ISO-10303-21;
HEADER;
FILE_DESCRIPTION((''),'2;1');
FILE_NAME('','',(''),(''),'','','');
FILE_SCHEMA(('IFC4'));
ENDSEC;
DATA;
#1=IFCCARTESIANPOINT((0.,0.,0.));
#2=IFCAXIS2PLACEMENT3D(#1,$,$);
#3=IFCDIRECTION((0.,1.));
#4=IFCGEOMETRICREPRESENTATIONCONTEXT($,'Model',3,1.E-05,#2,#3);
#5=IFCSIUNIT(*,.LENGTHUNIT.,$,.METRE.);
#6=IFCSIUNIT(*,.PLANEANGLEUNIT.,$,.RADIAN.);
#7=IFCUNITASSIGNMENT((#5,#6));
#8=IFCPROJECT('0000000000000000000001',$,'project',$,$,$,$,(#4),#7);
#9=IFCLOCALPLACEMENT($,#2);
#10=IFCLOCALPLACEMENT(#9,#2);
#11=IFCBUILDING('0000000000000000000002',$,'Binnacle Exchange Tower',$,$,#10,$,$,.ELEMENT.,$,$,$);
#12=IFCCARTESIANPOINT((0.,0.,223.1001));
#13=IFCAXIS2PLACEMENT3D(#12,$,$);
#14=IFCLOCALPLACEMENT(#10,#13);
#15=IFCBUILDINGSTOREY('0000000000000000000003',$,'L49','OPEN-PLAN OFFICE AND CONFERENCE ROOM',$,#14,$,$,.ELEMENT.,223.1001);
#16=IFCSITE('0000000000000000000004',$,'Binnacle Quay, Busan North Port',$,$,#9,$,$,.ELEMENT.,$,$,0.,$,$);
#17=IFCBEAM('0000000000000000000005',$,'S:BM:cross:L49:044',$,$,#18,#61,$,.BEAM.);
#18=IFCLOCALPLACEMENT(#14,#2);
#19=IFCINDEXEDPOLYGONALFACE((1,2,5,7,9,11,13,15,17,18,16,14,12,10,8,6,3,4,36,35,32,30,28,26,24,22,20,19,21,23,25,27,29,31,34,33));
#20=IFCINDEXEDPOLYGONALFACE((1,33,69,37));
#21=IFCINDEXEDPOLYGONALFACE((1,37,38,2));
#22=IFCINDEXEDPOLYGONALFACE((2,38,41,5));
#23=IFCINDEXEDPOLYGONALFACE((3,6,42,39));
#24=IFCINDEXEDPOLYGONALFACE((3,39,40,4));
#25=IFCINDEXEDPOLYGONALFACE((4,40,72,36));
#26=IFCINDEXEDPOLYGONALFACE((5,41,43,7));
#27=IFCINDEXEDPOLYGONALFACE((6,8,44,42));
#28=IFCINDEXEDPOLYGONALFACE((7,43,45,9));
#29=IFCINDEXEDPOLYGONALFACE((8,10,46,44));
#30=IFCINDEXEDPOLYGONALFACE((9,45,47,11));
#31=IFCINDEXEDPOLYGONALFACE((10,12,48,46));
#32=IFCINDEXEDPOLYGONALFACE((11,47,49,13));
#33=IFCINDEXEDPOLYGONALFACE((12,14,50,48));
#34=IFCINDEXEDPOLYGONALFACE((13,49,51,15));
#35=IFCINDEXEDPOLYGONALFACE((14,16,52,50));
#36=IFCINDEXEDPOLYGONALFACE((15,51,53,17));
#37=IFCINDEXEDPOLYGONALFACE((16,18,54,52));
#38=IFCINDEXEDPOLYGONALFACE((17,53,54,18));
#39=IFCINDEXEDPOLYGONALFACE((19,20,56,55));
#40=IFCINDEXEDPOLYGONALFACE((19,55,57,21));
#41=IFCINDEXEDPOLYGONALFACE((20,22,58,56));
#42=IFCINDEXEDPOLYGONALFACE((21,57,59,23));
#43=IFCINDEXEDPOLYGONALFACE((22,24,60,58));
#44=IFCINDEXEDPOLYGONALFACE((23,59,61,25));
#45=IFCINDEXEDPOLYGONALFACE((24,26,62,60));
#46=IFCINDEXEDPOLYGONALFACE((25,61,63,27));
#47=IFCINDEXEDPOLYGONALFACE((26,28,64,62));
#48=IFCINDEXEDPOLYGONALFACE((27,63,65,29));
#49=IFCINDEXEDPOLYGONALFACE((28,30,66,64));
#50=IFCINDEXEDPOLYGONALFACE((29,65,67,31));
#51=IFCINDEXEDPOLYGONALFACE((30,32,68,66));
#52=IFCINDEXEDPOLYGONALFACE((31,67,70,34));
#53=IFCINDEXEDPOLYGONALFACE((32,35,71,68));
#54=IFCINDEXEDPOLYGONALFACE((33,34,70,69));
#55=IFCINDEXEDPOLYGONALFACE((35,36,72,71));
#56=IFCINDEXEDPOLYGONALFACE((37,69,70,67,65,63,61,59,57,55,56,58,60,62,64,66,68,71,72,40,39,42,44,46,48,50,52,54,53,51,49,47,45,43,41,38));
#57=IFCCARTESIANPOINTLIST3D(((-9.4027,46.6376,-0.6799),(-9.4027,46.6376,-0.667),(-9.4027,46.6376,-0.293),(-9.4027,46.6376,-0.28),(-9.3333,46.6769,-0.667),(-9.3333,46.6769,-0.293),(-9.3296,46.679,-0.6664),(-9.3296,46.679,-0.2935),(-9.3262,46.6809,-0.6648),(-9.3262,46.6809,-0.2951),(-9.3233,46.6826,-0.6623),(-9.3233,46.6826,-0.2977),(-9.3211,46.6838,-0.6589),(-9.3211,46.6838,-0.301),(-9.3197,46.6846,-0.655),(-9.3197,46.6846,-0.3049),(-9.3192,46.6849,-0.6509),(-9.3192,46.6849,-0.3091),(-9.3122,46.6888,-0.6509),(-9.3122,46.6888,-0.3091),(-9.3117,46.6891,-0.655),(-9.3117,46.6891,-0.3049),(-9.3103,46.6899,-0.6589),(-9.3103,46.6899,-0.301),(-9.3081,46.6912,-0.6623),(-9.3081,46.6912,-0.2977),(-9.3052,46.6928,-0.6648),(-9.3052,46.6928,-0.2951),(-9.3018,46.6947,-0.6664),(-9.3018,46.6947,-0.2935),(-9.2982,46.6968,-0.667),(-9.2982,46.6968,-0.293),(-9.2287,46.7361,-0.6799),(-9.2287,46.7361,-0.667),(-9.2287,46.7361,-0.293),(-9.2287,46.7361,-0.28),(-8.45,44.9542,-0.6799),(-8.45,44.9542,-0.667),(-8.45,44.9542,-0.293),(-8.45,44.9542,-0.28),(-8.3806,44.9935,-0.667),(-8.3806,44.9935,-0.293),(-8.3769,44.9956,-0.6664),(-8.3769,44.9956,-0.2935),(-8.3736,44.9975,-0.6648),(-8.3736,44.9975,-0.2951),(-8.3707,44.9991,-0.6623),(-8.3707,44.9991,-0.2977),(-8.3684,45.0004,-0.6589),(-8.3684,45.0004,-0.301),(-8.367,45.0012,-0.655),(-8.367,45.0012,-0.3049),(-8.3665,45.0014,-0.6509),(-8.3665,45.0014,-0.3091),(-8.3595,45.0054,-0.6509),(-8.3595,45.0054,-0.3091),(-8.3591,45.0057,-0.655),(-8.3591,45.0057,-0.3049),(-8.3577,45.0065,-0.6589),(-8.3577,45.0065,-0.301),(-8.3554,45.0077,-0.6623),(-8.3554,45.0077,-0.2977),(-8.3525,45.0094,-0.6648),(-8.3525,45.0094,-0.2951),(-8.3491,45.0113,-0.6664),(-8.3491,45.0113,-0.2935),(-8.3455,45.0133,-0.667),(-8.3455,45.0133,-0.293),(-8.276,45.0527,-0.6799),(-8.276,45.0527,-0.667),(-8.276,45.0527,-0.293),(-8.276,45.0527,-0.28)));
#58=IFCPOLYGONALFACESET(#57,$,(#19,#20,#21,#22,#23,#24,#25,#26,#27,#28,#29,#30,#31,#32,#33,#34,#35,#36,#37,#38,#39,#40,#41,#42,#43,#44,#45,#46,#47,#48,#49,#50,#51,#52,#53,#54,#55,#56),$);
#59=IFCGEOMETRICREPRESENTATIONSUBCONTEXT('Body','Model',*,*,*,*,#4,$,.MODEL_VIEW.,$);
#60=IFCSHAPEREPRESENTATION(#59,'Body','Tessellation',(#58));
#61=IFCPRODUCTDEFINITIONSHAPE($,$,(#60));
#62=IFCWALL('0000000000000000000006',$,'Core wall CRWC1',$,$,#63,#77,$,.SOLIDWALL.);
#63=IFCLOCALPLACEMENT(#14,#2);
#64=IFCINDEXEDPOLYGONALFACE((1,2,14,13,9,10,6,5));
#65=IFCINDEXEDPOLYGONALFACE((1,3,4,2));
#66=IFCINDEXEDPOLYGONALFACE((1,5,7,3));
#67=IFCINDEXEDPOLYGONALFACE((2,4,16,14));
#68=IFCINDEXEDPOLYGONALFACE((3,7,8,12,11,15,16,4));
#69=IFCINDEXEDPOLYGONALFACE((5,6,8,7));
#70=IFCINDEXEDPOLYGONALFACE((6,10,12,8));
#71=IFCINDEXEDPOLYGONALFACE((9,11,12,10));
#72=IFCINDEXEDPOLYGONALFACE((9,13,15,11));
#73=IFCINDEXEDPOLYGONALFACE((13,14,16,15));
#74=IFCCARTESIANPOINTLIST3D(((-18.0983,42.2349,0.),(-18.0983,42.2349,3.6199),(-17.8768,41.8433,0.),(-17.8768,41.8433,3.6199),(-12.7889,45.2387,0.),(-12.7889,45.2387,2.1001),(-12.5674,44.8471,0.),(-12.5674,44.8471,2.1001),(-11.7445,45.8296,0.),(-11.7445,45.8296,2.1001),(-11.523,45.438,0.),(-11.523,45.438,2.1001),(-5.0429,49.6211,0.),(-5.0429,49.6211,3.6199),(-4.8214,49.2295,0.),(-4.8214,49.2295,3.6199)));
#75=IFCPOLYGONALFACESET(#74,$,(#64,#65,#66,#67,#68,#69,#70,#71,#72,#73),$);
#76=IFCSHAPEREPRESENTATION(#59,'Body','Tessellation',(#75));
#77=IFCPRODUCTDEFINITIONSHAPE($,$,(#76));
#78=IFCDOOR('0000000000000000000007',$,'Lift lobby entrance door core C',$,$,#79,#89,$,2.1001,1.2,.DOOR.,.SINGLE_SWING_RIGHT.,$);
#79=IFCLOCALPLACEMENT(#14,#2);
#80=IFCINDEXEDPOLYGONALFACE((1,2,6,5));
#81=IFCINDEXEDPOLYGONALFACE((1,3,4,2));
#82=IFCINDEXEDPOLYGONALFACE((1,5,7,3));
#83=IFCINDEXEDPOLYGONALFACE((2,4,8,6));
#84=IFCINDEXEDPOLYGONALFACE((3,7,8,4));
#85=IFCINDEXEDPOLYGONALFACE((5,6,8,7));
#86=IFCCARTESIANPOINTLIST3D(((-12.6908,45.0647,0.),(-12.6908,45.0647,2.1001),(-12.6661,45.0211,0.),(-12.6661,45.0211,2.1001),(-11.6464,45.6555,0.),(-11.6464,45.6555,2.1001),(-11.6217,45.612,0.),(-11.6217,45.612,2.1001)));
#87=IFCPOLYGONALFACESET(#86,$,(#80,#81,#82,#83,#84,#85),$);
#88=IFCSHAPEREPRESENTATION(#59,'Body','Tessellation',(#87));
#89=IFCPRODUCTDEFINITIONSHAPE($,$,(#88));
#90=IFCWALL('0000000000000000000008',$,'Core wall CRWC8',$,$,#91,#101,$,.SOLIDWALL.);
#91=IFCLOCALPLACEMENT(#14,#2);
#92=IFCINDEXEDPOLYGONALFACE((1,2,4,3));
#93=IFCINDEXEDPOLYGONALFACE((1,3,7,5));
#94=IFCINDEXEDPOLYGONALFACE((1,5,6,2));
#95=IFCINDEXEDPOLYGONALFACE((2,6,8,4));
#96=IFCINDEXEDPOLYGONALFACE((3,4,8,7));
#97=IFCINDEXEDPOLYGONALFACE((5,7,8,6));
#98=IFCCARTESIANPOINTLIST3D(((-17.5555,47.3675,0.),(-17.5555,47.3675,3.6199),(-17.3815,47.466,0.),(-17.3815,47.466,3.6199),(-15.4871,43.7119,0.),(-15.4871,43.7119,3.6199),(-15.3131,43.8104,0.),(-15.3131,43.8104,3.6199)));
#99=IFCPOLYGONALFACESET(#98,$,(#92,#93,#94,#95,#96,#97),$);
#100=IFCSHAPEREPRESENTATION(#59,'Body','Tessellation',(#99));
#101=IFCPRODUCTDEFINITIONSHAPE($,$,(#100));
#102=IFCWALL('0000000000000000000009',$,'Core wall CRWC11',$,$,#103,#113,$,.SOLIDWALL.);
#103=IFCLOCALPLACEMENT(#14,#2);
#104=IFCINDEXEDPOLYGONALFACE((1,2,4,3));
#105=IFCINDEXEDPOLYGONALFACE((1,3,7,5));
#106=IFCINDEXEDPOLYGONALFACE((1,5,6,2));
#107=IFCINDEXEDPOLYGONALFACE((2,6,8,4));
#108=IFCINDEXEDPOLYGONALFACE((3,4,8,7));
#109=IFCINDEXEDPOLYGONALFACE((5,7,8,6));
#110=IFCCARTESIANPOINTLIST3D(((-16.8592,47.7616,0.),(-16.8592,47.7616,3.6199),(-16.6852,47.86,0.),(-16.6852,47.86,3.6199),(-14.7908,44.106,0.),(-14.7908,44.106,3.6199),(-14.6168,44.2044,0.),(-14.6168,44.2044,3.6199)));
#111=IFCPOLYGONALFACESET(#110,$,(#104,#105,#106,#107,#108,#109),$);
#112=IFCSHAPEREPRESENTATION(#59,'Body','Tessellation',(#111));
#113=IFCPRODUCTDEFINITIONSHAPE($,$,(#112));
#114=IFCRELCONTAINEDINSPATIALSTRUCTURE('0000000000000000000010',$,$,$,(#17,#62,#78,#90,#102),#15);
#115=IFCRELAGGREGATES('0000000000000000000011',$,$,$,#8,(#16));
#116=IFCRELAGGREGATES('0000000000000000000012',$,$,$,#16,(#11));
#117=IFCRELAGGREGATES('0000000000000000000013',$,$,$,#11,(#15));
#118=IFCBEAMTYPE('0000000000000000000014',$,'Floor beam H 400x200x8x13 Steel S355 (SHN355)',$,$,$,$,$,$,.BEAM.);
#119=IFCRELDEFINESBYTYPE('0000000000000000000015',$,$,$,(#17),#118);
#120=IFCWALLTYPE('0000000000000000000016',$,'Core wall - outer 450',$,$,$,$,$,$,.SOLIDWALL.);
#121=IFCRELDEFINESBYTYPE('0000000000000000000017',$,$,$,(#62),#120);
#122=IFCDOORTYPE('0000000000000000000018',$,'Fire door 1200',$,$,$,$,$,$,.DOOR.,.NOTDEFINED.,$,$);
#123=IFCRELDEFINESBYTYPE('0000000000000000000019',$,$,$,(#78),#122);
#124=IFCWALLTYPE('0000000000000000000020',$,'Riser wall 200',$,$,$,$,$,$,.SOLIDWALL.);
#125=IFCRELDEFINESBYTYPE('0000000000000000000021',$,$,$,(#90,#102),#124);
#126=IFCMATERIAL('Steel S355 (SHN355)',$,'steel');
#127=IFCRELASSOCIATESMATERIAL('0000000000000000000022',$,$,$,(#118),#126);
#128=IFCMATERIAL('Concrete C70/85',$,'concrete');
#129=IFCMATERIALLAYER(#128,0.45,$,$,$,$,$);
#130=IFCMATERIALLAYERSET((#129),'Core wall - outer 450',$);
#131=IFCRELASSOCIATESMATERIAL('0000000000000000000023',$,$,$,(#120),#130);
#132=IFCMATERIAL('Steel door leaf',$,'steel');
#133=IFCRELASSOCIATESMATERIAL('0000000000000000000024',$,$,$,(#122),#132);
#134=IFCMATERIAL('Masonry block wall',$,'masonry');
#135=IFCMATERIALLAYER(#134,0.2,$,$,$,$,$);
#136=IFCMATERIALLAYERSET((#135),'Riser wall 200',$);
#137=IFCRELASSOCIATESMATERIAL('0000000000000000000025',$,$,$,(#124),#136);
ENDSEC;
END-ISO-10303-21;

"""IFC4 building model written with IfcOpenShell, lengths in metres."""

from ifc_helpers import new_model, si_unit, direction, frame, frame_2d, origin, origin_2d, place, context, subcontext, project, spatial, rectangle, i_section, extrude, material, layer, layer_set, material_profile, profile_set, type_object, element, fill, save


model = new_model("IFC4")

# Units and contexts
model_context = context("Model", 3, precision=1e-05, world=origin(), true_north=direction((0.0, 1.0)))
body_context = subcontext(model_context, "Body", "Model", "MODEL_VIEW")
ifc_project = project(units=[si_unit("LENGTHUNIT", "METRE"), si_unit("PLANEANGLEUNIT", "RADIAN")], contexts=[model_context])

# Site, building, storey
site_placement = place(None, origin())
site = spatial("IfcSite", under=ifc_project, at=site_placement, Name="Binnacle Quay, Busan North Port", CompositionType="ELEMENT", RefElevation=0.0)
building_placement = place(site_placement, origin())
building = spatial("IfcBuilding", under=site, at=building_placement, Name="Binnacle Exchange Tower", CompositionType="ELEMENT")
storey_placement = place(building_placement, frame((0.0, 0.0, 223.1001)))
storey = spatial("IfcBuildingStorey", under=building, at=storey_placement, Name="L49", Description="OPEN-PLAN OFFICE AND CONFERENCE ROOM", CompositionType="ELEMENT", Elevation=223.1001)

# Beam
ifc_material_1 = material(Name="Steel S355 (SHN355)", Category="steel")
ifc_material_profile_1 = material_profile(ifc_material_1, i_section(OverallWidth=0.2, OverallDepth=0.3999, WebThickness=0.0081, FlangeThickness=0.0129, FilletRadius=0.0161, at=origin_2d()), Name="H 400x200x8x13")
ifc_profile_set_1 = profile_set([ifc_material_profile_1], Name="Steel S355 (SHN355)")
beam_type_1 = type_object("IfcBeamType", Name="Floor beam H 400x200x8x13 Steel S355 (SHN355)", PredefinedType="BEAM", material=ifc_profile_set_1)
for number, where, z_axis, x_axis, name in (
    (1, (-8.363, 45.0034, -0.48), (-0.492519, 0.870302, 0.0), (-0.870302, -0.492519, 0.0), "S:BM:cross:L49:044"),
):
    element("IfcBeam", number, at=place(storey_placement, frame(where, z_axis=z_axis, x_axis=x_axis)), inside=storey, type_object=beam_type_1, Name=name, PredefinedType="BEAM", context=body_context, shape_type="SweptSolid", body=[
        extrude(i_section(OverallWidth=0.2, OverallDepth=0.3999, WebThickness=0.0081, FlangeThickness=0.0129, FilletRadius=0.0161, at=origin_2d()), origin(), (0.0, 0.0, 1.0), 1.9343),
    ])

# Wall, opening, door
ifc_material_2 = material(Name="Concrete C70/85", Category="concrete")
ifc_layer_1 = layer(ifc_material_2, 0.45)
ifc_layer_set_1 = layer_set([ifc_layer_1], Name="Core wall - outer 450")
wall_type_1 = type_object("IfcWallType", Name="Core wall - outer 450", PredefinedType="SOLIDWALL", material=ifc_layer_set_1)
wall_placement = place(storey_placement, frame((-17.9875, 42.0391, 0.0), z_axis=(0.0, 0.0, 1.0), x_axis=(0.870361, 0.492415, 0.0)))
wall = element("IfcWall", 2, at=wall_placement, inside=storey, type_object=wall_type_1, Name="Core wall CRWC1", PredefinedType="SOLIDWALL", context=body_context, shape_type="SweptSolid", body=[
    extrude(rectangle(XDim=15.0, YDim=0.45, at=frame_2d((7.5, 0.0))), origin(), (0.0, 0.0, 1.0), 3.6199),
])
opening_placement = place(wall_placement, frame((6.1001, 0.0, 0.0)))
opening = element("IfcOpeningElement", 3, at=opening_placement, cuts=wall, PredefinedType="OPENING", context=body_context, shape_type="SweptSolid", body=[
    extrude(rectangle(XDim=1.2, YDim=2.1001, at=frame_2d((0.6001, 1.05))), frame((0.0, 0.2349, 0.0), z_axis=(0.0, -1.0, 0.0), x_axis=(1.0, 0.0, 0.0)), (0.0, 0.0, 1.0), 0.47),
])
ifc_material_3 = material(Name="Steel door leaf", Category="steel")
door_type = type_object("IfcDoorType", Name="Fire door 1200", OperationType="NOTDEFINED", PredefinedType="DOOR", material=ifc_material_3)
door_placement = place(opening_placement, frame((1.2, 0.0, 0.0), z_axis=(0.0, 0.0, 1.0), x_axis=(-1.0, 0.0, 0.0)))
door = element("IfcDoor", 4, at=door_placement, inside=storey, type_object=door_type, Name="Lift lobby entrance door core C", OperationType="SINGLE_SWING_RIGHT", OverallHeight=2.1001, OverallWidth=1.2, PredefinedType="DOOR", context=body_context, shape_type="SweptSolid", body=[
    extrude(rectangle(XDim=1.2, YDim=2.1001, at=frame_2d((0.6001, 1.05))), frame((0.0, 0.0249, 0.0), z_axis=(0.0, -1.0, 0.0), x_axis=(1.0, 0.0, 0.0)), (0.0, 0.0, 1.0), 0.05),
])
fill(opening, door)

# Walls
ifc_material_4 = material(Name="Masonry block wall", Category="masonry")
ifc_layer_2 = layer(ifc_material_4, 0.2)
ifc_layer_set_2 = layer_set([ifc_layer_2], Name="Riser wall 200")
wall_type_2 = type_object("IfcWallType", Name="Riser wall 200", PredefinedType="SOLIDWALL", material=ifc_layer_set_2)
for number, where, z_axis, x_axis, name in (
    (5, (-17.4685, 47.4167, 0.0), (0.0, 0.0, 1.0), (0.492454, -0.870339, 0.0), "Core wall CRWC8"),
    (6, (-16.7722, 47.8108, 0.0), (0.0, 0.0, 1.0), (0.492454, -0.870339, 0.0), "Core wall CRWC11"),
):
    element("IfcWall", number, at=place(storey_placement, frame(where, z_axis=z_axis, x_axis=x_axis)), inside=storey, type_object=wall_type_2, Name=name, PredefinedType="SOLIDWALL", context=body_context, shape_type="SweptSolid", body=[
        extrude(rectangle(XDim=4.2002, YDim=0.2, at=frame_2d((2.1001, 0.0))), origin(), (0.0, 0.0, 1.0), 3.6199),
    ])

save(model, "model.ifc")
